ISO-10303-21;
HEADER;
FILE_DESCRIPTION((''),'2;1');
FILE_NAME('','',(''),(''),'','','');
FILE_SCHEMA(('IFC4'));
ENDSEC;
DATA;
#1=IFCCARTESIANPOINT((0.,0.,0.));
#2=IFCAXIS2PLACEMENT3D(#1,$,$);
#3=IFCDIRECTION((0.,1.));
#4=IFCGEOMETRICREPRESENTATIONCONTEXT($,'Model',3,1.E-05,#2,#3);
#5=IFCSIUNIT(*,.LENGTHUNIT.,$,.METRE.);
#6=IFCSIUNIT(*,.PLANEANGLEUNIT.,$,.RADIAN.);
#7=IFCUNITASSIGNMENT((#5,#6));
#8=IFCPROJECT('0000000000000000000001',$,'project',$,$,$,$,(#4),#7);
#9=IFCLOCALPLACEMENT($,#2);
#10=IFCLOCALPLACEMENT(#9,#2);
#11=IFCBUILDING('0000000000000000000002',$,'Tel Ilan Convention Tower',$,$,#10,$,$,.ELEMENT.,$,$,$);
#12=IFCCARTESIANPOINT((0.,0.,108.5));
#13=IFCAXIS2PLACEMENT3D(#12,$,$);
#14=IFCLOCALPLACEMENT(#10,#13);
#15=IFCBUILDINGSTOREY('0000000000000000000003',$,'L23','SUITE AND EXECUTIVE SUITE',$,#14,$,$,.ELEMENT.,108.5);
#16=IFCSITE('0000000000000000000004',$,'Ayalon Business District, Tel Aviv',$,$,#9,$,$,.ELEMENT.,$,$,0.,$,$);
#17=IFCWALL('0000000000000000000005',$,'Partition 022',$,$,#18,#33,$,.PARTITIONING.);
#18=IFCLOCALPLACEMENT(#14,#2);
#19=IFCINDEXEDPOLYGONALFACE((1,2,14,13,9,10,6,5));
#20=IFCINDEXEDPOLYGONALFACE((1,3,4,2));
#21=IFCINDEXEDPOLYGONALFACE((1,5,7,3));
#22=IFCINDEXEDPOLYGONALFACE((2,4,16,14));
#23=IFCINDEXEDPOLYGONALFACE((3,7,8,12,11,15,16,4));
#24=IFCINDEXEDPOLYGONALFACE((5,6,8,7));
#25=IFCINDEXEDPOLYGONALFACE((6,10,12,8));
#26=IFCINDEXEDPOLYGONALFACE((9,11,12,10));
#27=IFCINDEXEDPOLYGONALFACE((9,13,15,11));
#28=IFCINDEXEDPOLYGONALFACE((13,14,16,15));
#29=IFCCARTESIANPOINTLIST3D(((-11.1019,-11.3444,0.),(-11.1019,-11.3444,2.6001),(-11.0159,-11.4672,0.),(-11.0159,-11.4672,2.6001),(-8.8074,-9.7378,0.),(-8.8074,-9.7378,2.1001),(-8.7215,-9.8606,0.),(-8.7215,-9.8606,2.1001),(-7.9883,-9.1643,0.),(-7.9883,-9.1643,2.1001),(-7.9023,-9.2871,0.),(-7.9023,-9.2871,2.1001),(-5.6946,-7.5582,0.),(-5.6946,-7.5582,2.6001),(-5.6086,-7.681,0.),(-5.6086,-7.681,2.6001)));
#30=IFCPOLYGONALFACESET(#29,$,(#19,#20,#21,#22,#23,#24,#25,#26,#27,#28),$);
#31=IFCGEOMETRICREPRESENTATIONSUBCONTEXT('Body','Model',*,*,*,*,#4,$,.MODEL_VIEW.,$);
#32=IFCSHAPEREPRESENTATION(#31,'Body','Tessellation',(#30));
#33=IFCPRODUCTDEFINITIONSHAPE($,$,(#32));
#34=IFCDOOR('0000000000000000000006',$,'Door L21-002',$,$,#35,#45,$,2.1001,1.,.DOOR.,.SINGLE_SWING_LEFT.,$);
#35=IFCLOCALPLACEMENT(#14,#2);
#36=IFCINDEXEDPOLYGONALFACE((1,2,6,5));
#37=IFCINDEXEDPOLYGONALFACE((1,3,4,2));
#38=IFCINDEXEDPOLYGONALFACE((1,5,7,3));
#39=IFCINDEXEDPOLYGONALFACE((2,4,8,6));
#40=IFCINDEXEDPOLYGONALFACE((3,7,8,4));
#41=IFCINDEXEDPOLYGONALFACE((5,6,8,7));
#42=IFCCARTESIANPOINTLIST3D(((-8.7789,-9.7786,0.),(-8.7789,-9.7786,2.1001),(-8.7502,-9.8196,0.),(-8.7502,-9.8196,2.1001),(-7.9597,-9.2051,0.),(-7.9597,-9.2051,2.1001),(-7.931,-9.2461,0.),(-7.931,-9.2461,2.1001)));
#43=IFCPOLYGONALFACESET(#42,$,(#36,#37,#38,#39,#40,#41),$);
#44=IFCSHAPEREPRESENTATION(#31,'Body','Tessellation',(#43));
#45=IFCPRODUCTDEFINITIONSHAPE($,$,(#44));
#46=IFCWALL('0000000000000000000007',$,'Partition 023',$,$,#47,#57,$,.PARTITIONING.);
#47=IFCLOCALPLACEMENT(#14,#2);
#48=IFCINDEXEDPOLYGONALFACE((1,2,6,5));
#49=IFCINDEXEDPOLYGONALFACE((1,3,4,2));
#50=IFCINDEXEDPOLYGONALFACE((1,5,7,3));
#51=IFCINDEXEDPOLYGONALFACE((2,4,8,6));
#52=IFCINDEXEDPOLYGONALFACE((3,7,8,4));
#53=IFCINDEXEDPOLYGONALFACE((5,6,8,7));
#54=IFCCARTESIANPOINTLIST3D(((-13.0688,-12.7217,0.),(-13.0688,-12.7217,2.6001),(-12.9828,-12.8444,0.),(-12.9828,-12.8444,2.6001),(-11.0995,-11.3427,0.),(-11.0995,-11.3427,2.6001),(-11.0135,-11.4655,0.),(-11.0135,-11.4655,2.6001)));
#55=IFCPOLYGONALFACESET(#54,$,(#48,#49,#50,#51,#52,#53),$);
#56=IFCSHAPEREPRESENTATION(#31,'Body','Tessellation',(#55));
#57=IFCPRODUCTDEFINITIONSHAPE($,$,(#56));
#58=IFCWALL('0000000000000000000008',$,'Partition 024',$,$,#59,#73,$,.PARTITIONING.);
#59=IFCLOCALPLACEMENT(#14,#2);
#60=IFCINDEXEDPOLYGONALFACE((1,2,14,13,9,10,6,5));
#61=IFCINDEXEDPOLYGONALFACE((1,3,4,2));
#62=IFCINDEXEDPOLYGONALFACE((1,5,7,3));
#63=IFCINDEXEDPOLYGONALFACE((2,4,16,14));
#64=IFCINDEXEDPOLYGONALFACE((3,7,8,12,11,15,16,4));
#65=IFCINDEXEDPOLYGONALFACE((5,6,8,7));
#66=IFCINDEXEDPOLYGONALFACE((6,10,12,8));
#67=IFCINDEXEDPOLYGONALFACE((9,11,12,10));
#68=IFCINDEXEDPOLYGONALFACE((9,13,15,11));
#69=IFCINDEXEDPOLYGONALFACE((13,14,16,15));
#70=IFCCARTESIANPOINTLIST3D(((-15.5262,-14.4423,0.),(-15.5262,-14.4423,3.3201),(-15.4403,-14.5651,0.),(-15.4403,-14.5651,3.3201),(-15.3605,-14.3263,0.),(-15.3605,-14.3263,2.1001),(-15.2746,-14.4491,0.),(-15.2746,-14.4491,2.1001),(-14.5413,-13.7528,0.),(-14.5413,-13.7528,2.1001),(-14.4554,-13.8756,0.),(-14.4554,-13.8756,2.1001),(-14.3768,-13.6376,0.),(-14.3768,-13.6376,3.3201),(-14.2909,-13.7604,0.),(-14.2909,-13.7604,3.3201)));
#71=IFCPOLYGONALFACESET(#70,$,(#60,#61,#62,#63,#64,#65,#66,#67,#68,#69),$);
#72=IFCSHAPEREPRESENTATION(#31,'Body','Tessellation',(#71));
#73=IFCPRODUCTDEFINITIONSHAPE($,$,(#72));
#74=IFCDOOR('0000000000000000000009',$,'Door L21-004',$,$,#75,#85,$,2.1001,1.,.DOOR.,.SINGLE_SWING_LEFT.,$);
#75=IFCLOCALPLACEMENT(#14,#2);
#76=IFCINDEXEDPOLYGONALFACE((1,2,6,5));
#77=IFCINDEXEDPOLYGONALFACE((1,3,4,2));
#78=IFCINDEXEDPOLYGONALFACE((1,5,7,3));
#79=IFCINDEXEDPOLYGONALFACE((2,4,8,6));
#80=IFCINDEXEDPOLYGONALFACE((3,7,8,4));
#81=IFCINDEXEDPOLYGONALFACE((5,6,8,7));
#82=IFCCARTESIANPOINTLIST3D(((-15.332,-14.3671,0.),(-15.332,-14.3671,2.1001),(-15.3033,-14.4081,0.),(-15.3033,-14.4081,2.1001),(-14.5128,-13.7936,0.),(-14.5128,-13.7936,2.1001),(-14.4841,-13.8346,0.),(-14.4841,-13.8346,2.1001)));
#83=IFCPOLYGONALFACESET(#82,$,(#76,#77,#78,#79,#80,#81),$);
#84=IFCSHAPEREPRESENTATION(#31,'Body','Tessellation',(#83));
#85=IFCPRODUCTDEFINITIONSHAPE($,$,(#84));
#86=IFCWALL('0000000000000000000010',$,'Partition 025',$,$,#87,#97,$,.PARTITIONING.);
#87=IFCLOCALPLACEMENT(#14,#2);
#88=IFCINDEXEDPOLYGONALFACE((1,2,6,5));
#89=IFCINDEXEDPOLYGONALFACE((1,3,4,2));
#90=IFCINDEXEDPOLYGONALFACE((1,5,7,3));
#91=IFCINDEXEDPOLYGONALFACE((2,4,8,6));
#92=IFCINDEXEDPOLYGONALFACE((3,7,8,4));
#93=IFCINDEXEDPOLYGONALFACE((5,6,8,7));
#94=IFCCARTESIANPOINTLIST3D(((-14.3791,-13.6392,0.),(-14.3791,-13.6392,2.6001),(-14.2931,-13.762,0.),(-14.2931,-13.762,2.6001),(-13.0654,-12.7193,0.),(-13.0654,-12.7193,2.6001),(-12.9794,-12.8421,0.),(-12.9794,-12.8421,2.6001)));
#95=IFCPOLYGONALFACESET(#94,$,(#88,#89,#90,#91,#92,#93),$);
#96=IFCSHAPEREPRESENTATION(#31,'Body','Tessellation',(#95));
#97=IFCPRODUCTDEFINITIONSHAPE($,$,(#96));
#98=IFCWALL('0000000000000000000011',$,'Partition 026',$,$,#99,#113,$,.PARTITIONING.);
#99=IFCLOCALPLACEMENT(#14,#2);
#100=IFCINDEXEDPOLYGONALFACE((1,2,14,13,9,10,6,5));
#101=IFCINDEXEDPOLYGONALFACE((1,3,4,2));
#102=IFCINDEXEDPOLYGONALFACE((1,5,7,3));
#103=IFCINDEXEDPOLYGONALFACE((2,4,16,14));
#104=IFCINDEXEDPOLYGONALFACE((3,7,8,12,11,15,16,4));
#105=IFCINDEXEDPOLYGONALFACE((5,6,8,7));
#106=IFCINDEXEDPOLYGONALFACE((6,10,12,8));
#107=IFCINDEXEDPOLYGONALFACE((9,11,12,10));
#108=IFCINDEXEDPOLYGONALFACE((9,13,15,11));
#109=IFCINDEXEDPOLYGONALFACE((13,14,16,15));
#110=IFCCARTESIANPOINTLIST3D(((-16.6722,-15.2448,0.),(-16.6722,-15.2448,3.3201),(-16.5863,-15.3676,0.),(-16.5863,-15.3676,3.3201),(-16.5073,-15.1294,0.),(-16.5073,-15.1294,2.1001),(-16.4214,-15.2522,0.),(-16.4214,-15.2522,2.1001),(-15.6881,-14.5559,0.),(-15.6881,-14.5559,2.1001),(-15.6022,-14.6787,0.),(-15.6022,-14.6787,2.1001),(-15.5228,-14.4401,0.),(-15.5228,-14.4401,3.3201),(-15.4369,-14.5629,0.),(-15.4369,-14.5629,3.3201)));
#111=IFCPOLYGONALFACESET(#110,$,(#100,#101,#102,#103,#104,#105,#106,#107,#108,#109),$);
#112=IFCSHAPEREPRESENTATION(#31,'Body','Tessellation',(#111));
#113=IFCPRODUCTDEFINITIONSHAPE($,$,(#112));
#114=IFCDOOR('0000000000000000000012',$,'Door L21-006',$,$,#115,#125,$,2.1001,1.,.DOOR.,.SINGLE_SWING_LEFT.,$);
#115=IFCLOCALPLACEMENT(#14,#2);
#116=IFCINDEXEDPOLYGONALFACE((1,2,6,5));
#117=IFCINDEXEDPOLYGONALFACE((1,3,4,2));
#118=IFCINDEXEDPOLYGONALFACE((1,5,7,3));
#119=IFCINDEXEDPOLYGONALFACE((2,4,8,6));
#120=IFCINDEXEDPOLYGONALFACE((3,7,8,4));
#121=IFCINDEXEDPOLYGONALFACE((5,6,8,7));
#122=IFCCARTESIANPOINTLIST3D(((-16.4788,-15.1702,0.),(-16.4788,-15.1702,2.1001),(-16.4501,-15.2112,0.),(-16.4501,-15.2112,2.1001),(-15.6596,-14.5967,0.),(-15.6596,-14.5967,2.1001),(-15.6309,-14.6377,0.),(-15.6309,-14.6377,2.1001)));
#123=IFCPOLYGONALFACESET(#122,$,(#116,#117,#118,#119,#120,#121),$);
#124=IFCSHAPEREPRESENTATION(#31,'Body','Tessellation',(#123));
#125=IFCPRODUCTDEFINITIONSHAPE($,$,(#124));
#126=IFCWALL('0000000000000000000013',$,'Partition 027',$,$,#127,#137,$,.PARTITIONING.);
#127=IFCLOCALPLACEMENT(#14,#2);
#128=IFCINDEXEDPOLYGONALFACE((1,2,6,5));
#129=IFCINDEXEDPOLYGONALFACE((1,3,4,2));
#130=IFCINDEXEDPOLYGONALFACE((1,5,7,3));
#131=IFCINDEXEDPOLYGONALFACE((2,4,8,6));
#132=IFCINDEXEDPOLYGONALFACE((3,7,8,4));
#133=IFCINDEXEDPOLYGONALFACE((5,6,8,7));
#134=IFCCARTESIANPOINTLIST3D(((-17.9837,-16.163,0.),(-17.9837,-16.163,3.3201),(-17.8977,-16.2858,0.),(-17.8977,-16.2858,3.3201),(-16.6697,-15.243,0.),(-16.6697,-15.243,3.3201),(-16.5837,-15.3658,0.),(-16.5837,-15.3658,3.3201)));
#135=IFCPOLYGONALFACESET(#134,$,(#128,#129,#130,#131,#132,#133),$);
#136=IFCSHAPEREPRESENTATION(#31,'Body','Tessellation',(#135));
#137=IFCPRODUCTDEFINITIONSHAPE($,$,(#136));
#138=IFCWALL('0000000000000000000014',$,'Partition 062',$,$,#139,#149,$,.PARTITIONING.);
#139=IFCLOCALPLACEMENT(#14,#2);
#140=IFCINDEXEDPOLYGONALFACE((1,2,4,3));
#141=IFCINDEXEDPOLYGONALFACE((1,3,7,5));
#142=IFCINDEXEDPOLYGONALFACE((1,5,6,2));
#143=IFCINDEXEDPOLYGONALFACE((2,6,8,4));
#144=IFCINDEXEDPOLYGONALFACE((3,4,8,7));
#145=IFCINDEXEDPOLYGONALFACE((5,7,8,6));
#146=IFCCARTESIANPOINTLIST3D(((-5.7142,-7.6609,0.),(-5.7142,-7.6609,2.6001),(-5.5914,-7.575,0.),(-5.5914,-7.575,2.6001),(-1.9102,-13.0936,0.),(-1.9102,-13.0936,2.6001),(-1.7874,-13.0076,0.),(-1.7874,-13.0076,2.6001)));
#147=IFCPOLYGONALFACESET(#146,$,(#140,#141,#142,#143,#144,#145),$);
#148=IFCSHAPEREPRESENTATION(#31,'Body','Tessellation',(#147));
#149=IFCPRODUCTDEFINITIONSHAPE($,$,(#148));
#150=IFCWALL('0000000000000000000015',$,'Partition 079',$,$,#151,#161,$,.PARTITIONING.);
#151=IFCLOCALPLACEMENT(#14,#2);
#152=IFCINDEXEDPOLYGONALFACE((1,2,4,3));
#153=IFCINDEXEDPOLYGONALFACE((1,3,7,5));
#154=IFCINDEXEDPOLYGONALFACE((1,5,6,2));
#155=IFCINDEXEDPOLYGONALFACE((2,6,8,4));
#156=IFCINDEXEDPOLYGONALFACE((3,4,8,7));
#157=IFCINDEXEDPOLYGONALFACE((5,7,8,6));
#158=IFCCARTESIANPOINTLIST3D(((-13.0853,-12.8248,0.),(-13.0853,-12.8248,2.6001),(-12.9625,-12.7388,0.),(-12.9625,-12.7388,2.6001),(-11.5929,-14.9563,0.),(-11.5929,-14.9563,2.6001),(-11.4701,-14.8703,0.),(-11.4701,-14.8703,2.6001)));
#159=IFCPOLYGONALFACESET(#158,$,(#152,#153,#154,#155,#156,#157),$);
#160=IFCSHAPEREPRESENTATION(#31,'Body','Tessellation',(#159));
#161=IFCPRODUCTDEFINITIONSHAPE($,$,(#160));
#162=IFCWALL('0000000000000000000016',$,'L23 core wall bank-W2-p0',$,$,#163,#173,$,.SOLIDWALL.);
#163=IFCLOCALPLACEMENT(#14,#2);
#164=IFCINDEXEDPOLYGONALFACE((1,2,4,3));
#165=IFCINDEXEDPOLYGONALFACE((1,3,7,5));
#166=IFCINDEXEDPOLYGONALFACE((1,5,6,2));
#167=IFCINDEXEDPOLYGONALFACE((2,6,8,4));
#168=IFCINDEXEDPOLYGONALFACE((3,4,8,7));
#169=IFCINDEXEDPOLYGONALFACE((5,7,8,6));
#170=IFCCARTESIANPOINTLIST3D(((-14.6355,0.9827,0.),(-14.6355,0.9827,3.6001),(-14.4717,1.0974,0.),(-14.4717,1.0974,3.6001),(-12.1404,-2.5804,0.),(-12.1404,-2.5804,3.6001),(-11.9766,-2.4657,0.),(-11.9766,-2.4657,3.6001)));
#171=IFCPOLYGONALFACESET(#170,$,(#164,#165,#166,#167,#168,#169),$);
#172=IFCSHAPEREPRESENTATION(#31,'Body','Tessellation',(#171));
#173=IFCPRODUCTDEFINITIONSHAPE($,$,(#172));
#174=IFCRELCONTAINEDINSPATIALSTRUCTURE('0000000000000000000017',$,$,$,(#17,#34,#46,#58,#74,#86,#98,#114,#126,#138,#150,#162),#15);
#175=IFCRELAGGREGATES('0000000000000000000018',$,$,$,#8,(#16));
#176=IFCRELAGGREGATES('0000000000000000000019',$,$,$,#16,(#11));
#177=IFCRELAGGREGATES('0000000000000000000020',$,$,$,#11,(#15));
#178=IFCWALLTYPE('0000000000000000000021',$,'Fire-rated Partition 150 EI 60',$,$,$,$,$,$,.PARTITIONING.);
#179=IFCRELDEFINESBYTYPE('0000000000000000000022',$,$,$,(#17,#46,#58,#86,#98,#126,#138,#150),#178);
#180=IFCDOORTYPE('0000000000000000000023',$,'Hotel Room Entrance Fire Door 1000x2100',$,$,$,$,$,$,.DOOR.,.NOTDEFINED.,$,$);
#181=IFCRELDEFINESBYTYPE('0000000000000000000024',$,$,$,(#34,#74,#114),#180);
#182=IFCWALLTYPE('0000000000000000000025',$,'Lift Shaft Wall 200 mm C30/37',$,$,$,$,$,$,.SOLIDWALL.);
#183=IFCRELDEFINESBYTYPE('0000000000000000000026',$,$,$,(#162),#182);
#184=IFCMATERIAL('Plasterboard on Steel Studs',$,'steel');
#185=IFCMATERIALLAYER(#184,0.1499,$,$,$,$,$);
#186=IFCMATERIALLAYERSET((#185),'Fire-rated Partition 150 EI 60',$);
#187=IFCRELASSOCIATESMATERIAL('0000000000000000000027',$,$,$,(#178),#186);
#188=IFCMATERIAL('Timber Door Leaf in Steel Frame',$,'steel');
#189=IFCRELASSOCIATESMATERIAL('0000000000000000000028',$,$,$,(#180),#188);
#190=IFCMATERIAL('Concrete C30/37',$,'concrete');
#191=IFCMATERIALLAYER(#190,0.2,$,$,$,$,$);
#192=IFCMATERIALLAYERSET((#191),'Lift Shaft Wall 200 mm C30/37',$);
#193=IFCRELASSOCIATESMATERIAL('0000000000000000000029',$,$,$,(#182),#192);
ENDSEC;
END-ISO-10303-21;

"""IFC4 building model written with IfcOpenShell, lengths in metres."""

from ifc_helpers import new_model, si_unit, direction, frame, frame_2d, origin, place, context, subcontext, project, spatial, rectangle, extrude, material, layer, layer_set, type_object, element, fill, save


model = new_model("IFC4")

# Units and contexts
model_context = context("Model", 3, precision=1e-05, world=origin(), true_north=direction((0.0, 1.0)))
body_context = subcontext(model_context, "Body", "Model", "MODEL_VIEW")
ifc_project = project(units=[si_unit("LENGTHUNIT", "METRE"), si_unit("PLANEANGLEUNIT", "RADIAN")], contexts=[model_context])

# Site, building, storey
site_placement = place(None, origin())
site = spatial("IfcSite", under=ifc_project, at=site_placement, Name="Ayalon Business District, Tel Aviv", CompositionType="ELEMENT", RefElevation=0.0)
building_placement = place(site_placement, origin())
building = spatial("IfcBuilding", under=site, at=building_placement, Name="Tel Ilan Convention Tower", CompositionType="ELEMENT")
storey_placement = place(building_placement, frame((0.0, 0.0, 108.5)))
storey = spatial("IfcBuildingStorey", under=building, at=storey_placement, Name="L23", Description="SUITE AND EXECUTIVE SUITE", CompositionType="ELEMENT", Elevation=108.5)

# Wall, opening, door
ifc_material_1 = material(Name="Plasterboard on Steel Studs", Category="steel")
ifc_layer_1 = layer(ifc_material_1, 0.1499)
ifc_layer_set_1 = layer_set([ifc_layer_1], Name="Fire-rated Partition 150 EI 60")
wall_type_1 = type_object("IfcWallType", Name="Fire-rated Partition 150 EI 60", PredefinedType="PARTITIONING", material=ifc_layer_set_1)
wall_1_placement = place(storey_placement, frame((-5.6516, -7.6196, 0.0), z_axis=(0.0, 0.0, 1.0), x_axis=(-0.819155, -0.573572, 0.0)))
wall_1 = element("IfcWall", 1, at=wall_1_placement, inside=storey, type_object=wall_type_1, Name="Partition 022", PredefinedType="PARTITIONING", context=body_context, shape_type="SweptSolid", body=[
    extrude(rectangle(XDim=6.6011, YDim=0.1499, at=frame_2d((3.3005, 0.0))), origin(), (0.0, 0.0, 1.0), 2.6001),
])
opening_1_placement = place(wall_1_placement, frame((2.8, 0.0, 0.0)))
opening_1 = element("IfcOpeningElement", 2, at=opening_1_placement, cuts=wall_1, PredefinedType="OPENING", context=body_context, shape_type="SweptSolid", body=[
    extrude(rectangle(XDim=1.0, YDim=2.1001, at=frame_2d((0.5, 1.05))), frame((0.0, 0.085, 0.0), z_axis=(0.0, -1.0, 0.0), x_axis=(1.0, 0.0, 0.0)), (0.0, 0.0, 1.0), 0.1699),
])
ifc_material_2 = material(Name="Timber Door Leaf in Steel Frame", Category="steel")
door_type_1 = type_object("IfcDoorType", Name="Hotel Room Entrance Fire Door 1000x2100", OperationType="NOTDEFINED", PredefinedType="DOOR", material=ifc_material_2)
door_1_placement = place(opening_1_placement, origin())
door_1 = element("IfcDoor", 3, at=door_1_placement, inside=storey, type_object=door_type_1, Name="Door L21-002", OperationType="SINGLE_SWING_LEFT", OverallHeight=2.1001, OverallWidth=1.0, PredefinedType="DOOR", context=body_context, shape_type="SweptSolid", body=[
    extrude(rectangle(XDim=1.0, YDim=2.1001, at=frame_2d((0.5, 1.05))), frame((0.0, 0.0249, 0.0), z_axis=(0.0, -1.0, 0.0), x_axis=(1.0, 0.0, 0.0)), (0.0, 0.0, 1.0), 0.05),
])
fill(opening_1, door_1)

# Wall
wall_2_placement = place(storey_placement, frame((-11.0564, -11.4041, 0.0), z_axis=(0.0, 0.0, 1.0), x_axis=(-0.819146, -0.573585, 0.0)))
element("IfcWall", 4, at=wall_2_placement, inside=storey, type_object=wall_type_1, Name="Partition 023", PredefinedType="PARTITIONING", context=body_context, shape_type="SweptSolid", body=[
    extrude(rectangle(XDim=2.4041, YDim=0.1499, at=frame_2d((1.2021, 0.0))), origin(), (0.0, 0.0, 1.0), 2.6001),
])

# Wall, opening, door
wall_3_placement = place(storey_placement, frame((-14.3337, -13.699, 0.0), z_axis=(0.0, 0.0, 1.0), x_axis=(-0.819199, -0.573509, 0.0)))
wall_3 = element("IfcWall", 5, at=wall_3_placement, inside=storey, type_object=wall_type_1, Name="Partition 024", PredefinedType="PARTITIONING", context=body_context, shape_type="SweptSolid", body=[
    extrude(rectangle(XDim=1.4031, YDim=0.1499, at=frame_2d((0.7017, 0.0))), origin(), (0.0, 0.0, 1.0), 3.3201),
])
opening_2_placement = place(wall_3_placement, frame((0.2009, 0.0, 0.0)))
opening_2 = element("IfcOpeningElement", 6, at=opening_2_placement, cuts=wall_3, PredefinedType="OPENING", context=body_context, shape_type="SweptSolid", body=[
    extrude(rectangle(XDim=1.0, YDim=2.1001, at=frame_2d((0.5, 1.05))), frame((0.0, 0.085, 0.0), z_axis=(0.0, -1.0, 0.0), x_axis=(1.0, 0.0, 0.0)), (0.0, 0.0, 1.0), 0.1699),
])
door_2_placement = place(opening_2_placement, origin())
door_2 = element("IfcDoor", 7, at=door_2_placement, inside=storey, type_object=door_type_1, Name="Door L21-004", OperationType="SINGLE_SWING_LEFT", OverallHeight=2.1001, OverallWidth=1.0, PredefinedType="DOOR", context=body_context, shape_type="SweptSolid", body=[
    extrude(rectangle(XDim=1.0, YDim=2.1001, at=frame_2d((0.5, 1.05))), frame((0.0, 0.0249, 0.0), z_axis=(0.0, -1.0, 0.0), x_axis=(1.0, 0.0, 0.0)), (0.0, 0.0, 1.0), 0.05),
])
fill(opening_2, door_2)

# Wall
wall_4_placement = place(storey_placement, frame((-13.0225, -12.7808, 0.0), z_axis=(0.0, 0.0, 1.0), x_axis=(-0.819139, -0.573595, 0.0)))
element("IfcWall", 8, at=wall_4_placement, inside=storey, type_object=wall_type_1, Name="Partition 025", PredefinedType="PARTITIONING", context=body_context, shape_type="SweptSolid", body=[
    extrude(rectangle(XDim=1.6038, YDim=0.1499, at=frame_2d((0.8018, 0.0))), origin(), (0.0, 0.0, 1.0), 2.6001),
])

# Wall, opening, door
wall_5_placement = place(storey_placement, frame((-15.4797, -14.5015, 0.0), z_axis=(0.0, 0.0, 1.0), x_axis=(-0.819199, -0.573509, 0.0)))
wall_5 = element("IfcWall", 9, at=wall_5_placement, inside=storey, type_object=wall_type_1, Name="Partition 026", PredefinedType="PARTITIONING", context=body_context, shape_type="SweptSolid", body=[
    extrude(rectangle(XDim=1.4031, YDim=0.1499, at=frame_2d((0.7017, 0.0))), origin(), (0.0, 0.0, 1.0), 3.3201),
])
opening_3_placement = place(wall_5_placement, frame((0.2019, 0.0, 0.0)))
opening_3 = element("IfcOpeningElement", 10, at=opening_3_placement, cuts=wall_5, PredefinedType="OPENING", context=body_context, shape_type="SweptSolid", body=[
    extrude(rectangle(XDim=1.0, YDim=2.1001, at=frame_2d((0.5, 1.05))), frame((0.0, 0.085, 0.0), z_axis=(0.0, -1.0, 0.0), x_axis=(1.0, 0.0, 0.0)), (0.0, 0.0, 1.0), 0.1699),
])
door_3_placement = place(opening_3_placement, origin())
door_3 = element("IfcDoor", 11, at=door_3_placement, inside=storey, type_object=door_type_1, Name="Door L21-006", OperationType="SINGLE_SWING_LEFT", OverallHeight=2.1001, OverallWidth=1.0, PredefinedType="DOOR", context=body_context, shape_type="SweptSolid", body=[
    extrude(rectangle(XDim=1.0, YDim=2.1001, at=frame_2d((0.5, 1.05))), frame((0.0, 0.0249, 0.0), z_axis=(0.0, -1.0, 0.0), x_axis=(1.0, 0.0, 0.0)), (0.0, 0.0, 1.0), 0.05),
])
fill(opening_3, door_3)

# Walls
wall_6_placement = place(storey_placement, frame((-16.6267, -15.3044, 0.0), z_axis=(0.0, 0.0, 1.0), x_axis=(-0.819189, -0.573524, 0.0)))
element("IfcWall", 12, at=wall_6_placement, inside=storey, type_object=wall_type_1, Name="Partition 027", PredefinedType="PARTITIONING", context=body_context, shape_type="SweptSolid", body=[
    extrude(rectangle(XDim=1.604, YDim=0.1499, at=frame_2d((0.802, 0.0))), origin(), (0.0, 0.0, 1.0), 3.3201),
])
wall_7_placement = place(storey_placement, frame((-1.8489, -13.0505, 0.0), z_axis=(0.0, 0.0, 1.0), x_axis=(-0.573576, 0.819152, 0.0)))
element("IfcWall", 13, at=wall_7_placement, inside=storey, type_object=wall_type_1, Name="Partition 062", PredefinedType="PARTITIONING", context=body_context, shape_type="SweptSolid", body=[
    extrude(rectangle(XDim=6.6321, YDim=0.1499, at=frame_2d((3.3159, 0.0))), origin(), (0.0, 0.0, 1.0), 2.6001),
])
wall_8_placement = place(storey_placement, frame((-11.5315, -14.9133, 0.0), z_axis=(0.0, 0.0, 1.0), x_axis=(-0.573544, 0.819175, 0.0)))
element("IfcWall", 14, at=wall_8_placement, inside=storey, type_object=wall_type_1, Name="Partition 079", PredefinedType="PARTITIONING", context=body_context, shape_type="SweptSolid", body=[
    extrude(rectangle(XDim=2.6021, YDim=0.1499, at=frame_2d((1.301, 0.0))), origin(), (0.0, 0.0, 1.0), 2.6001),
])
ifc_material_3 = material(Name="Concrete C30/37", Category="concrete")
ifc_layer_2 = layer(ifc_material_3, 0.2)
ifc_layer_set_2 = layer_set([ifc_layer_2], Name="Lift Shaft Wall 200 mm C30/37")
wall_type_2 = type_object("IfcWallType", Name="Lift Shaft Wall 200 mm C30/37", PredefinedType="SOLIDWALL", material=ifc_layer_set_2)
wall_9_placement = place(storey_placement, frame((-12.0586, -2.5229, 0.0), z_axis=(0.0, 0.0, 1.0), x_axis=(-0.573594, 0.81914, 0.0)))
element("IfcWall", 15, at=wall_9_placement, inside=storey, type_object=wall_type_2, Name="L23 core wall bank-W2-p0", PredefinedType="SOLIDWALL", context=body_context, shape_type="SweptSolid", body=[
    extrude(rectangle(XDim=4.3499, YDim=0.2, at=frame_2d((2.1748, 0.0))), origin(), (0.0, 0.0, 1.0), 3.6001),
])

save(model, "model.ifc")
